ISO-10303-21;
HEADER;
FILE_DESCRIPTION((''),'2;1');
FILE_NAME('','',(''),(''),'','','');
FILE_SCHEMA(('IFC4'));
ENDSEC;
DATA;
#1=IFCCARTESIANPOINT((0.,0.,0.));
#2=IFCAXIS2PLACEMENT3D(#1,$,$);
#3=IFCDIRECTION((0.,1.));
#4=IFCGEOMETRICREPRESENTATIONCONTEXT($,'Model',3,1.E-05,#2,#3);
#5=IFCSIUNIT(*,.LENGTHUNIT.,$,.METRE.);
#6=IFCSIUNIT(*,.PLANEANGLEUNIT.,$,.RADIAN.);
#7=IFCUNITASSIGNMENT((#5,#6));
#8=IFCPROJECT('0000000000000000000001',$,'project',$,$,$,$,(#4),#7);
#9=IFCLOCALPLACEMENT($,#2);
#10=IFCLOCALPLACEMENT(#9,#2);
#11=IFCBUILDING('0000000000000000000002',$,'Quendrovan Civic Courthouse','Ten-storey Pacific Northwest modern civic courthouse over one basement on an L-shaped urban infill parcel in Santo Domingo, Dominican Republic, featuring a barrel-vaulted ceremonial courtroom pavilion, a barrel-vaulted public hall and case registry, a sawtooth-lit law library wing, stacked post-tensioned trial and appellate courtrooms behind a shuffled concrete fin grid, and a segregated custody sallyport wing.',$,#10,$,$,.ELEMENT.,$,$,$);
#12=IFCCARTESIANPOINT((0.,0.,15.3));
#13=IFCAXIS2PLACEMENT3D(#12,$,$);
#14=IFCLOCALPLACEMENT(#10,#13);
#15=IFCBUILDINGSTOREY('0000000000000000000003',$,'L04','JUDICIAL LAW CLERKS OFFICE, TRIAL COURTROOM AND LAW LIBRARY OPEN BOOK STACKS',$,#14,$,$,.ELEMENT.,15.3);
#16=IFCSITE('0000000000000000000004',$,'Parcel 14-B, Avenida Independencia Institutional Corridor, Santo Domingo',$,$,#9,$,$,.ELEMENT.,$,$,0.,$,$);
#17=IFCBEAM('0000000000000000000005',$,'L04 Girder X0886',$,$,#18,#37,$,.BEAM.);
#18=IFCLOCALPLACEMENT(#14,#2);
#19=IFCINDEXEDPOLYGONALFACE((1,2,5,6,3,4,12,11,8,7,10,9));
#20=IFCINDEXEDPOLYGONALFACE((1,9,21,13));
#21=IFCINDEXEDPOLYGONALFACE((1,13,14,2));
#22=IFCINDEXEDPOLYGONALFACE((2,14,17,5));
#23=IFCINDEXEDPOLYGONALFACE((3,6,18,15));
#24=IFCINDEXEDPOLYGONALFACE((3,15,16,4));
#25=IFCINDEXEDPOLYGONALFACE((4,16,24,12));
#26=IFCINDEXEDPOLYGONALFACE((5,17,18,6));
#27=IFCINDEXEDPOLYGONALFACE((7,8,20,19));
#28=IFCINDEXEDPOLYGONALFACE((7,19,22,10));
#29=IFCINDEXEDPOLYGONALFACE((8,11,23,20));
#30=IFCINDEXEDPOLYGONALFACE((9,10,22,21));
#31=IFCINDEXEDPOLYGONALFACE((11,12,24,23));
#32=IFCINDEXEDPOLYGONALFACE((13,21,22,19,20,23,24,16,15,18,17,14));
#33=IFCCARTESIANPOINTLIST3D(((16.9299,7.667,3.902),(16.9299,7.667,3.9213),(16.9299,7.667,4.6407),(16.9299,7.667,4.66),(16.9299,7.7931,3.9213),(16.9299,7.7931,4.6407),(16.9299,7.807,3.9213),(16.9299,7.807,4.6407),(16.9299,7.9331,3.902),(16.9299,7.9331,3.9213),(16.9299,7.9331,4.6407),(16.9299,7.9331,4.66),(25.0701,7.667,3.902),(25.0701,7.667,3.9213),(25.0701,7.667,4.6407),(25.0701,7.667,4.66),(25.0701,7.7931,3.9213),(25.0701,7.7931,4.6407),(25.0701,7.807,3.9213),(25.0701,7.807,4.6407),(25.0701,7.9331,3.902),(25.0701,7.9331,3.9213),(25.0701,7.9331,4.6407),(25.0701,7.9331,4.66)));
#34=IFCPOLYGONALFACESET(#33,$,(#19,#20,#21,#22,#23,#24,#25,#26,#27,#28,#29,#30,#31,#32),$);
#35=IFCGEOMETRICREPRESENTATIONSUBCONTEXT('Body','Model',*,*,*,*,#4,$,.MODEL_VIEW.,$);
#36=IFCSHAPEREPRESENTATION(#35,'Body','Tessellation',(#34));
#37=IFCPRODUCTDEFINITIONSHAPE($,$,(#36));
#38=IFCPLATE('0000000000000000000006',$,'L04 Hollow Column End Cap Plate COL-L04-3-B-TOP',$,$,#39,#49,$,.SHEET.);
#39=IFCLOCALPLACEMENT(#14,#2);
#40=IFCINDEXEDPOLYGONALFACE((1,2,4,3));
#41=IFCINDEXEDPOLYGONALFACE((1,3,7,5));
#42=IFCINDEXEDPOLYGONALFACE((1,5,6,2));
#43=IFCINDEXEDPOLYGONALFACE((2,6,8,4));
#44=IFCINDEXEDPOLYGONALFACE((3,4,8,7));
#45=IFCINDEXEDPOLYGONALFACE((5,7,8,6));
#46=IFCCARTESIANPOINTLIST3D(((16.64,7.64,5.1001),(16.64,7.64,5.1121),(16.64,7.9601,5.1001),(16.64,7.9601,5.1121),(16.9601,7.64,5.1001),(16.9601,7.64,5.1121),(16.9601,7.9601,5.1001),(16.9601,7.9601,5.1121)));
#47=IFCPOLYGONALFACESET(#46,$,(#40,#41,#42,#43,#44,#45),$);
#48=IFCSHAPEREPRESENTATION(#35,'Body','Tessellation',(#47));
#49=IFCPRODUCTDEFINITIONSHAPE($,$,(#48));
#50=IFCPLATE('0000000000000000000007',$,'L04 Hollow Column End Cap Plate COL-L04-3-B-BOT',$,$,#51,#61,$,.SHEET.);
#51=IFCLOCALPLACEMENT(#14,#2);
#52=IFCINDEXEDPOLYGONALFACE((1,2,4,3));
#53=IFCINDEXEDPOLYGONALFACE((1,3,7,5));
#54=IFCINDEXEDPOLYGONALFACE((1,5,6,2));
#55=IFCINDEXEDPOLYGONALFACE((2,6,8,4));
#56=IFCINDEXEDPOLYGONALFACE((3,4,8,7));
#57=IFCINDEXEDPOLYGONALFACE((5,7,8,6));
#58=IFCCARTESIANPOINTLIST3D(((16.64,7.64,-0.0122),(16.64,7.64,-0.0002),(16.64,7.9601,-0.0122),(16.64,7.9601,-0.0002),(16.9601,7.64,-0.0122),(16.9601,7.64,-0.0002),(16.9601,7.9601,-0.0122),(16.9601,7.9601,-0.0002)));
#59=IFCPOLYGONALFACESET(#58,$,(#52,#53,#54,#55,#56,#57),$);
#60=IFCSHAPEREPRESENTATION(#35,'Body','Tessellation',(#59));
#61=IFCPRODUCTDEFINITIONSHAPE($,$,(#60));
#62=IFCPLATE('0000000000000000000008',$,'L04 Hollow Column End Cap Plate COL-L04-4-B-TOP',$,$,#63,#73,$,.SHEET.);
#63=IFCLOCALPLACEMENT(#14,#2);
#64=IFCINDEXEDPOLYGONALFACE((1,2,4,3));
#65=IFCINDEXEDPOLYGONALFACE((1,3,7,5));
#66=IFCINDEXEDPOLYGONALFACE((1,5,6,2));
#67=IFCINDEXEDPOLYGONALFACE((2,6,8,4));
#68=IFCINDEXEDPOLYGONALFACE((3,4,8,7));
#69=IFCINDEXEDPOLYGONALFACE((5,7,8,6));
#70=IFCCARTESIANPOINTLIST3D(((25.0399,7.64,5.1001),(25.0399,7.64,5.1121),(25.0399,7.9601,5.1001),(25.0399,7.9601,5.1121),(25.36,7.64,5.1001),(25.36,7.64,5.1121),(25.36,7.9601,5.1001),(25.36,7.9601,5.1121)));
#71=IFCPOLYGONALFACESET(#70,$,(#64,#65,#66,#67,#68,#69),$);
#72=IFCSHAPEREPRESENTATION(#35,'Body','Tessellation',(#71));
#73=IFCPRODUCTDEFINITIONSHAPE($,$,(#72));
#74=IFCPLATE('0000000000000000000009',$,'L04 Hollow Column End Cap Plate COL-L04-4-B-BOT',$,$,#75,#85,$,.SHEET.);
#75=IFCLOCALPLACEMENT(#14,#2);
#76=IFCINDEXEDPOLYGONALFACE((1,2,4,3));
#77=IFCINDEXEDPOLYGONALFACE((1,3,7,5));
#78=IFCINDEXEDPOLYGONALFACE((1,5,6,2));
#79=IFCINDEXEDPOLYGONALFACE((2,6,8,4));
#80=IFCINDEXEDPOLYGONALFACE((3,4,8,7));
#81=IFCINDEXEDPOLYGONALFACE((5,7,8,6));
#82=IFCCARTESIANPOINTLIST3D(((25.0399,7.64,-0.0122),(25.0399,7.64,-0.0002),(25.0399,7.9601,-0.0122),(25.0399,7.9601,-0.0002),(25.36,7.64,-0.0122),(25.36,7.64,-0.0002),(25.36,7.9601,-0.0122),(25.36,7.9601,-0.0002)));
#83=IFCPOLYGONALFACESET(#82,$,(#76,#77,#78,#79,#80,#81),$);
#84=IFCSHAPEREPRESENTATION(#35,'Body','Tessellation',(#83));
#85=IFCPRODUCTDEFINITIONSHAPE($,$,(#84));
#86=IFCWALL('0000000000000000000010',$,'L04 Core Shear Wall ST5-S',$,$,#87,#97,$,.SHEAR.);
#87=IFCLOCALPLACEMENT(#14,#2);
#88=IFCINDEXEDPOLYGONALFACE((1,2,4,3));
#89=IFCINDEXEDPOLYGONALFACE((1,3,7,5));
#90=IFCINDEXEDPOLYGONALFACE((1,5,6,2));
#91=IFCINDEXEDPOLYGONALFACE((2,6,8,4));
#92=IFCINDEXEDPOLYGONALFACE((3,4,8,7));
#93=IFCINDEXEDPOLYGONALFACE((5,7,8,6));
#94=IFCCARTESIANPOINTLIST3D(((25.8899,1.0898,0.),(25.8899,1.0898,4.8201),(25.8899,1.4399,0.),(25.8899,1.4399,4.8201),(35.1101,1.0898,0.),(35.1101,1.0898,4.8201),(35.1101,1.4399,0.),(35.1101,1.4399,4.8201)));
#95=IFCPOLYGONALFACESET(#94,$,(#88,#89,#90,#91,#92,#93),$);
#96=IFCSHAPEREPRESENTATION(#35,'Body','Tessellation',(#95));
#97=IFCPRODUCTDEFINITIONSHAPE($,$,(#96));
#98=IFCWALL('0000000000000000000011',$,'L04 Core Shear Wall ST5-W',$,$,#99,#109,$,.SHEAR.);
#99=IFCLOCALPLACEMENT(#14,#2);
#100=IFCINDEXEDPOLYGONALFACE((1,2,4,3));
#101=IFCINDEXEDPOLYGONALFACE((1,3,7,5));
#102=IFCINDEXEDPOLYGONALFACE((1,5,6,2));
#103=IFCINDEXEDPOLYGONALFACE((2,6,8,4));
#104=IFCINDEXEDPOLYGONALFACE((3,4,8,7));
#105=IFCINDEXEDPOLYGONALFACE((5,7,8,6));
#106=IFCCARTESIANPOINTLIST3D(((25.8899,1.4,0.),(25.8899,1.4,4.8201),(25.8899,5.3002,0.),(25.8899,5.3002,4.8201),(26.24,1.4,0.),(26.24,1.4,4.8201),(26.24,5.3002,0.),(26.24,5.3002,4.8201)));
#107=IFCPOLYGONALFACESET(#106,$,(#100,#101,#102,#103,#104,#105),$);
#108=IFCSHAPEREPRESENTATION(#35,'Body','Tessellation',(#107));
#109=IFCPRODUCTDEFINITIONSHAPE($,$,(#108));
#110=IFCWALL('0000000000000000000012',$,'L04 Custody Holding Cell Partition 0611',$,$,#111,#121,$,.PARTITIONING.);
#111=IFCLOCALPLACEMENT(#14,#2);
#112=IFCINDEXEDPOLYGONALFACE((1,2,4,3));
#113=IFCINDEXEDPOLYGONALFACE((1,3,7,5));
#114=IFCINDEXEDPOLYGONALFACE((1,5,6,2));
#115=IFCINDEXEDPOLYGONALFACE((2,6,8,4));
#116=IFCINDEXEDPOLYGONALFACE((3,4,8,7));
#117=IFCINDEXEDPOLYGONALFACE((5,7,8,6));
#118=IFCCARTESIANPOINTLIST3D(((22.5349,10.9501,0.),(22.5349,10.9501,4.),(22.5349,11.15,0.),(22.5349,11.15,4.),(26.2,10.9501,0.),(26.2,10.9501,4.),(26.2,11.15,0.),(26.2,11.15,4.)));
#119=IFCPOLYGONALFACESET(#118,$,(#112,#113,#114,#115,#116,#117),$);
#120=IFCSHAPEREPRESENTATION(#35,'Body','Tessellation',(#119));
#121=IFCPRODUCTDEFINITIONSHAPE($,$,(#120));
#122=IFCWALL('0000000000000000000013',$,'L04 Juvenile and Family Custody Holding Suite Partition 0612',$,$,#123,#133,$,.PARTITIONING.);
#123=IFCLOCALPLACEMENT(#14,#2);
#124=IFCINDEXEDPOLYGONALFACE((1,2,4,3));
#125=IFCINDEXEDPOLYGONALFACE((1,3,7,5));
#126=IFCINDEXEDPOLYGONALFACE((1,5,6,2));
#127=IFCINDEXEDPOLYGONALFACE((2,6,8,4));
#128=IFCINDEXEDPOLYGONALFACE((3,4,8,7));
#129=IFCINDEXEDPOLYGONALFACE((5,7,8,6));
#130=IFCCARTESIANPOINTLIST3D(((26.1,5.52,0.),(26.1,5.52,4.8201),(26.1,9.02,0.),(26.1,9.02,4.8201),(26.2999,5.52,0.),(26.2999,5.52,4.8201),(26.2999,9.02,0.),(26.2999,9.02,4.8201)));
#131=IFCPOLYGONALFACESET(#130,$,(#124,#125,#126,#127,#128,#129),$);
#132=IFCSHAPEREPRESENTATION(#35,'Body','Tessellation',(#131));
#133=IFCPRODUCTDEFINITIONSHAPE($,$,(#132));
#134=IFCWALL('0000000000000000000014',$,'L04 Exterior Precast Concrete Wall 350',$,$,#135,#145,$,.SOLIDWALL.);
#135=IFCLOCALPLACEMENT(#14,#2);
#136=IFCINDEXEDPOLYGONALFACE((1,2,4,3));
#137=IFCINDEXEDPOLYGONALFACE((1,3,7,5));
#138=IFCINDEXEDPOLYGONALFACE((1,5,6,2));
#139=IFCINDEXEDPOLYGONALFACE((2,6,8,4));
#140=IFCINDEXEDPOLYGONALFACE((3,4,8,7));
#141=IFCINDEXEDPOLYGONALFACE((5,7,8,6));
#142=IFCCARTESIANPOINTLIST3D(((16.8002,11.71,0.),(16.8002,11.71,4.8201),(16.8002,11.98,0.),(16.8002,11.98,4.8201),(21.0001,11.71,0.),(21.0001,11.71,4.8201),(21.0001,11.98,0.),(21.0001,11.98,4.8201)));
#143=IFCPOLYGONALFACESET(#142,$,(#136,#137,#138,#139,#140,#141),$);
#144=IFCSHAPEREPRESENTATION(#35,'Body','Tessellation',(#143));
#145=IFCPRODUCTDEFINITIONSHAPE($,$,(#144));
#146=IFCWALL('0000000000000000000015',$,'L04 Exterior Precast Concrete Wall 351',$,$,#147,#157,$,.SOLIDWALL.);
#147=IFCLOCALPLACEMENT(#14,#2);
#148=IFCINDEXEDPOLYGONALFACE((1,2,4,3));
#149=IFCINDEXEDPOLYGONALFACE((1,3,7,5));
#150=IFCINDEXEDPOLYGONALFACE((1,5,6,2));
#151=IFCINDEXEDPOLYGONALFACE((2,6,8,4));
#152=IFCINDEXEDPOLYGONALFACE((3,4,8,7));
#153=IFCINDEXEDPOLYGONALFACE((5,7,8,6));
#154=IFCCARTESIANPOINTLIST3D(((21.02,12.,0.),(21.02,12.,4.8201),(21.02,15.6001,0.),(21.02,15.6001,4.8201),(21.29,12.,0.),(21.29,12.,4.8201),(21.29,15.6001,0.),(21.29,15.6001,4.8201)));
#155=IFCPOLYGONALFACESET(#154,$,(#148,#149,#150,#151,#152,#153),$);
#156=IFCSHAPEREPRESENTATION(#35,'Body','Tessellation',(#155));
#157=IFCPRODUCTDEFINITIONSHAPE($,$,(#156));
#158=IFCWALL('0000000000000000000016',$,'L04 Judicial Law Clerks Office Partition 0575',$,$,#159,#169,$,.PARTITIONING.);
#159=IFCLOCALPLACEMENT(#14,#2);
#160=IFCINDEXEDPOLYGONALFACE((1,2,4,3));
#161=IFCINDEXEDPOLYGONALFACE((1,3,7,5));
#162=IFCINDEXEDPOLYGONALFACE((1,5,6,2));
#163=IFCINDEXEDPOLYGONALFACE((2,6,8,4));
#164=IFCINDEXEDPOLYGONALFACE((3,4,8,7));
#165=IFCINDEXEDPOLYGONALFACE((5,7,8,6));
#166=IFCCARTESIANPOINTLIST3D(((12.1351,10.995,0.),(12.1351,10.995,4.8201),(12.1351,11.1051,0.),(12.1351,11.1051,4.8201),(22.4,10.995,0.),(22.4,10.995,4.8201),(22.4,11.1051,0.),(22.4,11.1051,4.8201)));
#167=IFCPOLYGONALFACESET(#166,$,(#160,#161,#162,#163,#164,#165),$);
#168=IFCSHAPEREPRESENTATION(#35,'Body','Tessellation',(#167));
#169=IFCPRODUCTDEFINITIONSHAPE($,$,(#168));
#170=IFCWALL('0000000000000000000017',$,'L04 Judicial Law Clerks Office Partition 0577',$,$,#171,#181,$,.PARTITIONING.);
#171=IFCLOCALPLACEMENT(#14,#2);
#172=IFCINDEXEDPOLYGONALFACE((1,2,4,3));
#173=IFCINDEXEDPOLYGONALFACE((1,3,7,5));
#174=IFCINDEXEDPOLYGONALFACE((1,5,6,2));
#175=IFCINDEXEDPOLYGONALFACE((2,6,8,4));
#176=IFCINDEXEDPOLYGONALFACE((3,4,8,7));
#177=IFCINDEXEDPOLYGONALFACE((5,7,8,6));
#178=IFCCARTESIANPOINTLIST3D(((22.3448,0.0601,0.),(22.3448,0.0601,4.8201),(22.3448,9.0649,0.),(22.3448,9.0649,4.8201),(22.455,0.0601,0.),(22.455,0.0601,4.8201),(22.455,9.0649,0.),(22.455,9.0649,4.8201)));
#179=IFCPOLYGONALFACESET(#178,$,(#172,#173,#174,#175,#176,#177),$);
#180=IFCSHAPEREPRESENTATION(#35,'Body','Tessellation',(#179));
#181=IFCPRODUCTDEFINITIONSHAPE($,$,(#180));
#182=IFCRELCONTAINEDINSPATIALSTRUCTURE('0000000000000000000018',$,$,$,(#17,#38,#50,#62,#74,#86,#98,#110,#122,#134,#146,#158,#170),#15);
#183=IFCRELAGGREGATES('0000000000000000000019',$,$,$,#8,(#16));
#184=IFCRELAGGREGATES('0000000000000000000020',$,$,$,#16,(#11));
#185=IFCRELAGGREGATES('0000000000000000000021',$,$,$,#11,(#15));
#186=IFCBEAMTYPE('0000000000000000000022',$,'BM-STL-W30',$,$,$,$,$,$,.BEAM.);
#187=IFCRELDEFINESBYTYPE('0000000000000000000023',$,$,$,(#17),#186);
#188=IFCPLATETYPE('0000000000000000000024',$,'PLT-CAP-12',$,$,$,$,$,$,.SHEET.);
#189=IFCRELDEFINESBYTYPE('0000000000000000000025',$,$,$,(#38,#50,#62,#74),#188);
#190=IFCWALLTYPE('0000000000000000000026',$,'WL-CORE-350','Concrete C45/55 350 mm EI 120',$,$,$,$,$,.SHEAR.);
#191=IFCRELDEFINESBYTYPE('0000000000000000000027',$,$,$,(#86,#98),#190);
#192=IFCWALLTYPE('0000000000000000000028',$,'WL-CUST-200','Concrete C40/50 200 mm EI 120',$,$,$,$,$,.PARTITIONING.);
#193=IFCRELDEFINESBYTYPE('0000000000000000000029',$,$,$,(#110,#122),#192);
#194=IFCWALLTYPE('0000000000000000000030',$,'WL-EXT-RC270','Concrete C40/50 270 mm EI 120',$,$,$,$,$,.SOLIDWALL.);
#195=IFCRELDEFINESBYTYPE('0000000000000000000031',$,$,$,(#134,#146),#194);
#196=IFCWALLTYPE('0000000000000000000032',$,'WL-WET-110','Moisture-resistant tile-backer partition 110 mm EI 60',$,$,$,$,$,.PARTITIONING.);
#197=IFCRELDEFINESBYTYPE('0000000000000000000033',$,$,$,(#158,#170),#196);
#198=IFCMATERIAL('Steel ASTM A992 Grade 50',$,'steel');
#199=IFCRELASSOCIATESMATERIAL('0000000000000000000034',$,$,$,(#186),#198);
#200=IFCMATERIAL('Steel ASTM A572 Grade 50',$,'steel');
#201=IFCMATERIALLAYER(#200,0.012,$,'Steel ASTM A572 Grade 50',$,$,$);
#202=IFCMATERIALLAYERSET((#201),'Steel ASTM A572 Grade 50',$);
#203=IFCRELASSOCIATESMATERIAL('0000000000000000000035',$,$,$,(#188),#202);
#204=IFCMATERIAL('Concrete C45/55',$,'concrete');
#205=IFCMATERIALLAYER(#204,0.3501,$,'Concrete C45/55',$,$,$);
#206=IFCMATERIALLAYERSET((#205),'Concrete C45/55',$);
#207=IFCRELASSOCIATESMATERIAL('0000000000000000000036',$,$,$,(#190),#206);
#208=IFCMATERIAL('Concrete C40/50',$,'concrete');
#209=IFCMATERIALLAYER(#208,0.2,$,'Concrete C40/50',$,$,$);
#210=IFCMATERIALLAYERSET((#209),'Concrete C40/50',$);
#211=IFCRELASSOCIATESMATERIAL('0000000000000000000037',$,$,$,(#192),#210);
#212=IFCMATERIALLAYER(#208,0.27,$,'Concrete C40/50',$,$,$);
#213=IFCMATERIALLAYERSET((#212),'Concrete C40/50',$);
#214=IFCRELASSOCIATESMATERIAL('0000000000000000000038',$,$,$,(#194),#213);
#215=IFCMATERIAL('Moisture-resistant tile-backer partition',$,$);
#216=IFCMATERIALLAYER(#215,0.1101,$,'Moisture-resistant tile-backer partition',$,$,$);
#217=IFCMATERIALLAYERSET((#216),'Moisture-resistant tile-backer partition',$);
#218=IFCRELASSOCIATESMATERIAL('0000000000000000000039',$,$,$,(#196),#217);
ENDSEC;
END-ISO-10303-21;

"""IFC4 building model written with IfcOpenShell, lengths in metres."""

from ifc_helpers import new_model, si_unit, direction, frame, frame_2d, origin, origin_2d, place, context, subcontext, project, spatial, rectangle, i_section, extrude, material, layer, layer_set, material_profile, profile_set, type_object, element, save


model = new_model("IFC4")

# Units and contexts
model_context = context("Model", 3, precision=1e-05, world=origin(), true_north=direction((0.0, 1.0)))
body_context = subcontext(model_context, "Body", "Model", "MODEL_VIEW")
ifc_project = project(units=[si_unit("LENGTHUNIT", "METRE"), si_unit("PLANEANGLEUNIT", "RADIAN")], contexts=[model_context])

# Site, building, storey
site_placement = place(None, origin())
site = spatial("IfcSite", under=ifc_project, at=site_placement, Name="Parcel 14-B, Avenida Independencia Institutional Corridor, Santo Domingo", CompositionType="ELEMENT", RefElevation=0.0)
building_placement = place(site_placement, origin())
building = spatial("IfcBuilding", under=site, at=building_placement, Name="Quendrovan Civic Courthouse", Description="Ten-storey Pacific Northwest modern civic courthouse over one basement on an L-shaped urban infill parcel in Santo Domingo, Dominican Republic, featuring a barrel-vaulted ceremonial courtroom pavilion, a barrel-vaulted public hall and case registry, a sawtooth-lit law library wing, stacked post-tensioned trial and appellate courtrooms behind a shuffled concrete fin grid, and a segregated custody sallyport wing.", CompositionType="ELEMENT")
storey_placement = place(building_placement, frame((0.0, 0.0, 15.3)))
storey = spatial("IfcBuildingStorey", under=building, at=storey_placement, Name="L04", Description="JUDICIAL LAW CLERKS OFFICE, TRIAL COURTROOM AND LAW LIBRARY OPEN BOOK STACKS", CompositionType="ELEMENT", Elevation=15.3)

# Shared definitions
ifc_material_1 = material(Name="Concrete C45/55", Category="concrete")

# Beam
ifc_material_2 = material(Name="Concrete C40/50", Category="concrete")
ifc_material_3 = material(Name="Steel ASTM A992 Grade 50", Category="steel")
ifc_material_profile_1 = material_profile(ifc_material_3, i_section(OverallWidth=0.2661, OverallDepth=0.7581, WebThickness=0.0139, FlangeThickness=0.0193, at=origin_2d()), Name="W30X108")
ifc_profile_set_1 = profile_set([ifc_material_profile_1], Name="Steel ASTM A992 Grade 50")
beam_type_1 = type_object("IfcBeamType", Name="BM-STL-W30", PredefinedType="BEAM", material=ifc_profile_set_1)
beam_1_placement = place(storey_placement, frame((16.9299, 7.8, 4.281), z_axis=(1.0, 0.0, 0.0), x_axis=(0.0, 1.0, 0.0)))
element("IfcBeam", 1, at=beam_1_placement, inside=storey, type_object=beam_type_1, Name="L04 Girder X0886", PredefinedType="BEAM", context=body_context, shape_type="SweptSolid", body=[
    extrude(i_section(OverallWidth=0.2661, OverallDepth=0.7581, WebThickness=0.0139, FlangeThickness=0.0193, at=origin_2d()), origin(), (0.0, 0.0, 1.0), 8.1401),
])

# Plates
ifc_material_4 = material(Name="Steel ASTM A572 Grade 50", Category="steel")
ifc_layer_1 = layer(ifc_material_4, 0.012, Name="Steel ASTM A572 Grade 50")
ifc_layer_set_1 = layer_set([ifc_layer_1], Name="Steel ASTM A572 Grade 50")
plate_type = type_object("IfcPlateType", Name="PLT-CAP-12", PredefinedType="SHEET", material=ifc_layer_set_1)
for number, where, z_axis, x_axis, name in (
    (2, (16.8, 7.8, 5.1001), (0.0, 0.0, 1.0), (1.0, 0.0, 0.0), "L04 Hollow Column End Cap Plate COL-L04-3-B-TOP"),
    (3, (16.8, 7.8, -0.0122), (0.0, 0.0, 1.0), (1.0, 0.0, 0.0), "L04 Hollow Column End Cap Plate COL-L04-3-B-BOT"),
    (4, (25.2, 7.8, 5.1001), (0.0, 0.0, 1.0), (1.0, 0.0, 0.0), "L04 Hollow Column End Cap Plate COL-L04-4-B-TOP"),
    (5, (25.2, 7.8, -0.0122), (0.0, 0.0, 1.0), (1.0, 0.0, 0.0), "L04 Hollow Column End Cap Plate COL-L04-4-B-BOT"),
):
    element("IfcPlate", number, at=place(storey_placement, frame(where, z_axis=z_axis, x_axis=x_axis)), inside=storey, type_object=plate_type, Name=name, PredefinedType="SHEET", context=body_context, shape_type="SweptSolid", body=[
        extrude(rectangle(XDim=0.3201, YDim=0.3201, at=origin_2d()), origin(), (0.0, 0.0, 1.0), 0.012),
    ])

# Walls
ifc_layer_2 = layer(ifc_material_1, 0.3501, Name="Concrete C45/55")
ifc_layer_set_2 = layer_set([ifc_layer_2], Name="Concrete C45/55")
wall_type_1 = type_object("IfcWallType", Name="WL-CORE-350", Description="Concrete C45/55 350 mm EI 120", PredefinedType="SHEAR", material=ifc_layer_set_2)
wall_1_placement = place(storey_placement, frame((25.8899, 1.2649, 0.0), z_axis=(0.0, 0.0, 1.0), x_axis=(1.0, 0.0, 0.0)))
element("IfcWall", 6, at=wall_1_placement, inside=storey, type_object=wall_type_1, Name="L04 Core Shear Wall ST5-S", PredefinedType="SHEAR", context=body_context, shape_type="SweptSolid", body=[
    extrude(rectangle(XDim=9.2202, YDim=0.3501, at=frame_2d((4.6101, 0.0))), origin(), (0.0, 0.0, 1.0), 4.8201),
])
wall_2_placement = place(storey_placement, frame((26.0649, 1.3999, 0.0), z_axis=(0.0, 0.0, 1.0), x_axis=(0.0, 1.0, 0.0)))
element("IfcWall", 7, at=wall_2_placement, inside=storey, type_object=wall_type_1, Name="L04 Core Shear Wall ST5-W", PredefinedType="SHEAR", context=body_context, shape_type="SweptSolid", body=[
    extrude(rectangle(XDim=3.9001, YDim=0.3501, at=frame_2d((1.9502, 0.0))), origin(), (0.0, 0.0, 1.0), 4.8201),
])

# Shared definitions
ifc_layer_3 = layer(ifc_material_2, 0.2, Name="Concrete C40/50")
ifc_layer_set_3 = layer_set([ifc_layer_3], Name="Concrete C40/50")
wall_type_2 = type_object("IfcWallType", Name="WL-CUST-200", Description="Concrete C40/50 200 mm EI 120", PredefinedType="PARTITIONING", material=ifc_layer_set_3)

# Walls
wall_3_placement = place(storey_placement, frame((26.2, 11.05, 0.0), z_axis=(0.0, 0.0, 1.0), x_axis=(-1.0, 0.0, 0.0)))
element("IfcWall", 8, at=wall_3_placement, inside=storey, type_object=wall_type_2, Name="L04 Custody Holding Cell Partition 0611", PredefinedType="PARTITIONING", context=body_context, shape_type="SweptSolid", body=[
    extrude(rectangle(XDim=3.665, YDim=0.2, at=frame_2d((1.8325, 0.0))), origin(), (0.0, 0.0, 1.0), 4.0),
])
wall_4_placement = place(storey_placement, frame((26.2, 9.02, 0.0), z_axis=(0.0, 0.0, 1.0), x_axis=(0.0, -1.0, 0.0)))
element("IfcWall", 9, at=wall_4_placement, inside=storey, type_object=wall_type_2, Name="L04 Juvenile and Family Custody Holding Suite Partition 0612", PredefinedType="PARTITIONING", context=body_context, shape_type="SweptSolid", body=[
    extrude(rectangle(XDim=3.5, YDim=0.2, at=frame_2d((1.75, 0.0))), origin(), (0.0, 0.0, 1.0), 4.8201),
])
ifc_layer_4 = layer(ifc_material_2, 0.27, Name="Concrete C40/50")
ifc_layer_set_4 = layer_set([ifc_layer_4], Name="Concrete C40/50")
wall_type_3 = type_object("IfcWallType", Name="WL-EXT-RC270", Description="Concrete C40/50 270 mm EI 120", PredefinedType="SOLIDWALL", material=ifc_layer_set_4)
wall_5_placement = place(storey_placement, frame((16.8, 11.845, 0.0), z_axis=(0.0, 0.0, 1.0), x_axis=(1.0, 0.0, 0.0)))
element("IfcWall", 10, at=wall_5_placement, inside=storey, type_object=wall_type_3, Name="L04 Exterior Precast Concrete Wall 350", PredefinedType="SOLIDWALL", context=body_context, shape_type="SweptSolid", body=[
    extrude(rectangle(XDim=4.2, YDim=0.27, at=frame_2d((2.1001, 0.0))), origin(), (0.0, 0.0, 1.0), 4.8201),
])
wall_6_placement = place(storey_placement, frame((21.155, 12.0, 0.0), z_axis=(0.0, 0.0, 1.0), x_axis=(0.0, 1.0, 0.0)))
element("IfcWall", 11, at=wall_6_placement, inside=storey, type_object=wall_type_3, Name="L04 Exterior Precast Concrete Wall 351", PredefinedType="SOLIDWALL", context=body_context, shape_type="SweptSolid", body=[
    extrude(rectangle(XDim=3.6001, YDim=0.27, at=frame_2d((1.8, 0.0))), origin(), (0.0, 0.0, 1.0), 4.8201),
])
ifc_material_5 = material(Name="Moisture-resistant tile-backer partition")
ifc_layer_5 = layer(ifc_material_5, 0.1101, Name="Moisture-resistant tile-backer partition")
ifc_layer_set_5 = layer_set([ifc_layer_5], Name="Moisture-resistant tile-backer partition")
wall_type_4 = type_object("IfcWallType", Name="WL-WET-110", Description="Moisture-resistant tile-backer partition 110 mm EI 60", PredefinedType="PARTITIONING", material=ifc_layer_set_5)
wall_7_placement = place(storey_placement, frame((22.3999, 11.05, 0.0), z_axis=(0.0, 0.0, 1.0), x_axis=(-1.0, 0.0, 0.0)))
element("IfcWall", 12, at=wall_7_placement, inside=storey, type_object=wall_type_4, Name="L04 Judicial Law Clerks Office Partition 0575", PredefinedType="PARTITIONING", context=body_context, shape_type="SweptSolid", body=[
    extrude(rectangle(XDim=10.2649, YDim=0.1101, at=frame_2d((5.1323, 0.0))), origin(), (0.0, 0.0, 1.0), 4.8201),
])
wall_8_placement = place(storey_placement, frame((22.3999, 9.0649, 0.0), z_axis=(0.0, 0.0, 1.0), x_axis=(0.0, -1.0, 0.0)))
element("IfcWall", 13, at=wall_8_placement, inside=storey, type_object=wall_type_4, Name="L04 Judicial Law Clerks Office Partition 0577", PredefinedType="PARTITIONING", context=body_context, shape_type="SweptSolid", body=[
    extrude(rectangle(XDim=9.0049, YDim=0.1101, at=frame_2d((4.5024, 0.0))), origin(), (0.0, 0.0, 1.0), 4.8201),
])

save(model, "model.ifc")
